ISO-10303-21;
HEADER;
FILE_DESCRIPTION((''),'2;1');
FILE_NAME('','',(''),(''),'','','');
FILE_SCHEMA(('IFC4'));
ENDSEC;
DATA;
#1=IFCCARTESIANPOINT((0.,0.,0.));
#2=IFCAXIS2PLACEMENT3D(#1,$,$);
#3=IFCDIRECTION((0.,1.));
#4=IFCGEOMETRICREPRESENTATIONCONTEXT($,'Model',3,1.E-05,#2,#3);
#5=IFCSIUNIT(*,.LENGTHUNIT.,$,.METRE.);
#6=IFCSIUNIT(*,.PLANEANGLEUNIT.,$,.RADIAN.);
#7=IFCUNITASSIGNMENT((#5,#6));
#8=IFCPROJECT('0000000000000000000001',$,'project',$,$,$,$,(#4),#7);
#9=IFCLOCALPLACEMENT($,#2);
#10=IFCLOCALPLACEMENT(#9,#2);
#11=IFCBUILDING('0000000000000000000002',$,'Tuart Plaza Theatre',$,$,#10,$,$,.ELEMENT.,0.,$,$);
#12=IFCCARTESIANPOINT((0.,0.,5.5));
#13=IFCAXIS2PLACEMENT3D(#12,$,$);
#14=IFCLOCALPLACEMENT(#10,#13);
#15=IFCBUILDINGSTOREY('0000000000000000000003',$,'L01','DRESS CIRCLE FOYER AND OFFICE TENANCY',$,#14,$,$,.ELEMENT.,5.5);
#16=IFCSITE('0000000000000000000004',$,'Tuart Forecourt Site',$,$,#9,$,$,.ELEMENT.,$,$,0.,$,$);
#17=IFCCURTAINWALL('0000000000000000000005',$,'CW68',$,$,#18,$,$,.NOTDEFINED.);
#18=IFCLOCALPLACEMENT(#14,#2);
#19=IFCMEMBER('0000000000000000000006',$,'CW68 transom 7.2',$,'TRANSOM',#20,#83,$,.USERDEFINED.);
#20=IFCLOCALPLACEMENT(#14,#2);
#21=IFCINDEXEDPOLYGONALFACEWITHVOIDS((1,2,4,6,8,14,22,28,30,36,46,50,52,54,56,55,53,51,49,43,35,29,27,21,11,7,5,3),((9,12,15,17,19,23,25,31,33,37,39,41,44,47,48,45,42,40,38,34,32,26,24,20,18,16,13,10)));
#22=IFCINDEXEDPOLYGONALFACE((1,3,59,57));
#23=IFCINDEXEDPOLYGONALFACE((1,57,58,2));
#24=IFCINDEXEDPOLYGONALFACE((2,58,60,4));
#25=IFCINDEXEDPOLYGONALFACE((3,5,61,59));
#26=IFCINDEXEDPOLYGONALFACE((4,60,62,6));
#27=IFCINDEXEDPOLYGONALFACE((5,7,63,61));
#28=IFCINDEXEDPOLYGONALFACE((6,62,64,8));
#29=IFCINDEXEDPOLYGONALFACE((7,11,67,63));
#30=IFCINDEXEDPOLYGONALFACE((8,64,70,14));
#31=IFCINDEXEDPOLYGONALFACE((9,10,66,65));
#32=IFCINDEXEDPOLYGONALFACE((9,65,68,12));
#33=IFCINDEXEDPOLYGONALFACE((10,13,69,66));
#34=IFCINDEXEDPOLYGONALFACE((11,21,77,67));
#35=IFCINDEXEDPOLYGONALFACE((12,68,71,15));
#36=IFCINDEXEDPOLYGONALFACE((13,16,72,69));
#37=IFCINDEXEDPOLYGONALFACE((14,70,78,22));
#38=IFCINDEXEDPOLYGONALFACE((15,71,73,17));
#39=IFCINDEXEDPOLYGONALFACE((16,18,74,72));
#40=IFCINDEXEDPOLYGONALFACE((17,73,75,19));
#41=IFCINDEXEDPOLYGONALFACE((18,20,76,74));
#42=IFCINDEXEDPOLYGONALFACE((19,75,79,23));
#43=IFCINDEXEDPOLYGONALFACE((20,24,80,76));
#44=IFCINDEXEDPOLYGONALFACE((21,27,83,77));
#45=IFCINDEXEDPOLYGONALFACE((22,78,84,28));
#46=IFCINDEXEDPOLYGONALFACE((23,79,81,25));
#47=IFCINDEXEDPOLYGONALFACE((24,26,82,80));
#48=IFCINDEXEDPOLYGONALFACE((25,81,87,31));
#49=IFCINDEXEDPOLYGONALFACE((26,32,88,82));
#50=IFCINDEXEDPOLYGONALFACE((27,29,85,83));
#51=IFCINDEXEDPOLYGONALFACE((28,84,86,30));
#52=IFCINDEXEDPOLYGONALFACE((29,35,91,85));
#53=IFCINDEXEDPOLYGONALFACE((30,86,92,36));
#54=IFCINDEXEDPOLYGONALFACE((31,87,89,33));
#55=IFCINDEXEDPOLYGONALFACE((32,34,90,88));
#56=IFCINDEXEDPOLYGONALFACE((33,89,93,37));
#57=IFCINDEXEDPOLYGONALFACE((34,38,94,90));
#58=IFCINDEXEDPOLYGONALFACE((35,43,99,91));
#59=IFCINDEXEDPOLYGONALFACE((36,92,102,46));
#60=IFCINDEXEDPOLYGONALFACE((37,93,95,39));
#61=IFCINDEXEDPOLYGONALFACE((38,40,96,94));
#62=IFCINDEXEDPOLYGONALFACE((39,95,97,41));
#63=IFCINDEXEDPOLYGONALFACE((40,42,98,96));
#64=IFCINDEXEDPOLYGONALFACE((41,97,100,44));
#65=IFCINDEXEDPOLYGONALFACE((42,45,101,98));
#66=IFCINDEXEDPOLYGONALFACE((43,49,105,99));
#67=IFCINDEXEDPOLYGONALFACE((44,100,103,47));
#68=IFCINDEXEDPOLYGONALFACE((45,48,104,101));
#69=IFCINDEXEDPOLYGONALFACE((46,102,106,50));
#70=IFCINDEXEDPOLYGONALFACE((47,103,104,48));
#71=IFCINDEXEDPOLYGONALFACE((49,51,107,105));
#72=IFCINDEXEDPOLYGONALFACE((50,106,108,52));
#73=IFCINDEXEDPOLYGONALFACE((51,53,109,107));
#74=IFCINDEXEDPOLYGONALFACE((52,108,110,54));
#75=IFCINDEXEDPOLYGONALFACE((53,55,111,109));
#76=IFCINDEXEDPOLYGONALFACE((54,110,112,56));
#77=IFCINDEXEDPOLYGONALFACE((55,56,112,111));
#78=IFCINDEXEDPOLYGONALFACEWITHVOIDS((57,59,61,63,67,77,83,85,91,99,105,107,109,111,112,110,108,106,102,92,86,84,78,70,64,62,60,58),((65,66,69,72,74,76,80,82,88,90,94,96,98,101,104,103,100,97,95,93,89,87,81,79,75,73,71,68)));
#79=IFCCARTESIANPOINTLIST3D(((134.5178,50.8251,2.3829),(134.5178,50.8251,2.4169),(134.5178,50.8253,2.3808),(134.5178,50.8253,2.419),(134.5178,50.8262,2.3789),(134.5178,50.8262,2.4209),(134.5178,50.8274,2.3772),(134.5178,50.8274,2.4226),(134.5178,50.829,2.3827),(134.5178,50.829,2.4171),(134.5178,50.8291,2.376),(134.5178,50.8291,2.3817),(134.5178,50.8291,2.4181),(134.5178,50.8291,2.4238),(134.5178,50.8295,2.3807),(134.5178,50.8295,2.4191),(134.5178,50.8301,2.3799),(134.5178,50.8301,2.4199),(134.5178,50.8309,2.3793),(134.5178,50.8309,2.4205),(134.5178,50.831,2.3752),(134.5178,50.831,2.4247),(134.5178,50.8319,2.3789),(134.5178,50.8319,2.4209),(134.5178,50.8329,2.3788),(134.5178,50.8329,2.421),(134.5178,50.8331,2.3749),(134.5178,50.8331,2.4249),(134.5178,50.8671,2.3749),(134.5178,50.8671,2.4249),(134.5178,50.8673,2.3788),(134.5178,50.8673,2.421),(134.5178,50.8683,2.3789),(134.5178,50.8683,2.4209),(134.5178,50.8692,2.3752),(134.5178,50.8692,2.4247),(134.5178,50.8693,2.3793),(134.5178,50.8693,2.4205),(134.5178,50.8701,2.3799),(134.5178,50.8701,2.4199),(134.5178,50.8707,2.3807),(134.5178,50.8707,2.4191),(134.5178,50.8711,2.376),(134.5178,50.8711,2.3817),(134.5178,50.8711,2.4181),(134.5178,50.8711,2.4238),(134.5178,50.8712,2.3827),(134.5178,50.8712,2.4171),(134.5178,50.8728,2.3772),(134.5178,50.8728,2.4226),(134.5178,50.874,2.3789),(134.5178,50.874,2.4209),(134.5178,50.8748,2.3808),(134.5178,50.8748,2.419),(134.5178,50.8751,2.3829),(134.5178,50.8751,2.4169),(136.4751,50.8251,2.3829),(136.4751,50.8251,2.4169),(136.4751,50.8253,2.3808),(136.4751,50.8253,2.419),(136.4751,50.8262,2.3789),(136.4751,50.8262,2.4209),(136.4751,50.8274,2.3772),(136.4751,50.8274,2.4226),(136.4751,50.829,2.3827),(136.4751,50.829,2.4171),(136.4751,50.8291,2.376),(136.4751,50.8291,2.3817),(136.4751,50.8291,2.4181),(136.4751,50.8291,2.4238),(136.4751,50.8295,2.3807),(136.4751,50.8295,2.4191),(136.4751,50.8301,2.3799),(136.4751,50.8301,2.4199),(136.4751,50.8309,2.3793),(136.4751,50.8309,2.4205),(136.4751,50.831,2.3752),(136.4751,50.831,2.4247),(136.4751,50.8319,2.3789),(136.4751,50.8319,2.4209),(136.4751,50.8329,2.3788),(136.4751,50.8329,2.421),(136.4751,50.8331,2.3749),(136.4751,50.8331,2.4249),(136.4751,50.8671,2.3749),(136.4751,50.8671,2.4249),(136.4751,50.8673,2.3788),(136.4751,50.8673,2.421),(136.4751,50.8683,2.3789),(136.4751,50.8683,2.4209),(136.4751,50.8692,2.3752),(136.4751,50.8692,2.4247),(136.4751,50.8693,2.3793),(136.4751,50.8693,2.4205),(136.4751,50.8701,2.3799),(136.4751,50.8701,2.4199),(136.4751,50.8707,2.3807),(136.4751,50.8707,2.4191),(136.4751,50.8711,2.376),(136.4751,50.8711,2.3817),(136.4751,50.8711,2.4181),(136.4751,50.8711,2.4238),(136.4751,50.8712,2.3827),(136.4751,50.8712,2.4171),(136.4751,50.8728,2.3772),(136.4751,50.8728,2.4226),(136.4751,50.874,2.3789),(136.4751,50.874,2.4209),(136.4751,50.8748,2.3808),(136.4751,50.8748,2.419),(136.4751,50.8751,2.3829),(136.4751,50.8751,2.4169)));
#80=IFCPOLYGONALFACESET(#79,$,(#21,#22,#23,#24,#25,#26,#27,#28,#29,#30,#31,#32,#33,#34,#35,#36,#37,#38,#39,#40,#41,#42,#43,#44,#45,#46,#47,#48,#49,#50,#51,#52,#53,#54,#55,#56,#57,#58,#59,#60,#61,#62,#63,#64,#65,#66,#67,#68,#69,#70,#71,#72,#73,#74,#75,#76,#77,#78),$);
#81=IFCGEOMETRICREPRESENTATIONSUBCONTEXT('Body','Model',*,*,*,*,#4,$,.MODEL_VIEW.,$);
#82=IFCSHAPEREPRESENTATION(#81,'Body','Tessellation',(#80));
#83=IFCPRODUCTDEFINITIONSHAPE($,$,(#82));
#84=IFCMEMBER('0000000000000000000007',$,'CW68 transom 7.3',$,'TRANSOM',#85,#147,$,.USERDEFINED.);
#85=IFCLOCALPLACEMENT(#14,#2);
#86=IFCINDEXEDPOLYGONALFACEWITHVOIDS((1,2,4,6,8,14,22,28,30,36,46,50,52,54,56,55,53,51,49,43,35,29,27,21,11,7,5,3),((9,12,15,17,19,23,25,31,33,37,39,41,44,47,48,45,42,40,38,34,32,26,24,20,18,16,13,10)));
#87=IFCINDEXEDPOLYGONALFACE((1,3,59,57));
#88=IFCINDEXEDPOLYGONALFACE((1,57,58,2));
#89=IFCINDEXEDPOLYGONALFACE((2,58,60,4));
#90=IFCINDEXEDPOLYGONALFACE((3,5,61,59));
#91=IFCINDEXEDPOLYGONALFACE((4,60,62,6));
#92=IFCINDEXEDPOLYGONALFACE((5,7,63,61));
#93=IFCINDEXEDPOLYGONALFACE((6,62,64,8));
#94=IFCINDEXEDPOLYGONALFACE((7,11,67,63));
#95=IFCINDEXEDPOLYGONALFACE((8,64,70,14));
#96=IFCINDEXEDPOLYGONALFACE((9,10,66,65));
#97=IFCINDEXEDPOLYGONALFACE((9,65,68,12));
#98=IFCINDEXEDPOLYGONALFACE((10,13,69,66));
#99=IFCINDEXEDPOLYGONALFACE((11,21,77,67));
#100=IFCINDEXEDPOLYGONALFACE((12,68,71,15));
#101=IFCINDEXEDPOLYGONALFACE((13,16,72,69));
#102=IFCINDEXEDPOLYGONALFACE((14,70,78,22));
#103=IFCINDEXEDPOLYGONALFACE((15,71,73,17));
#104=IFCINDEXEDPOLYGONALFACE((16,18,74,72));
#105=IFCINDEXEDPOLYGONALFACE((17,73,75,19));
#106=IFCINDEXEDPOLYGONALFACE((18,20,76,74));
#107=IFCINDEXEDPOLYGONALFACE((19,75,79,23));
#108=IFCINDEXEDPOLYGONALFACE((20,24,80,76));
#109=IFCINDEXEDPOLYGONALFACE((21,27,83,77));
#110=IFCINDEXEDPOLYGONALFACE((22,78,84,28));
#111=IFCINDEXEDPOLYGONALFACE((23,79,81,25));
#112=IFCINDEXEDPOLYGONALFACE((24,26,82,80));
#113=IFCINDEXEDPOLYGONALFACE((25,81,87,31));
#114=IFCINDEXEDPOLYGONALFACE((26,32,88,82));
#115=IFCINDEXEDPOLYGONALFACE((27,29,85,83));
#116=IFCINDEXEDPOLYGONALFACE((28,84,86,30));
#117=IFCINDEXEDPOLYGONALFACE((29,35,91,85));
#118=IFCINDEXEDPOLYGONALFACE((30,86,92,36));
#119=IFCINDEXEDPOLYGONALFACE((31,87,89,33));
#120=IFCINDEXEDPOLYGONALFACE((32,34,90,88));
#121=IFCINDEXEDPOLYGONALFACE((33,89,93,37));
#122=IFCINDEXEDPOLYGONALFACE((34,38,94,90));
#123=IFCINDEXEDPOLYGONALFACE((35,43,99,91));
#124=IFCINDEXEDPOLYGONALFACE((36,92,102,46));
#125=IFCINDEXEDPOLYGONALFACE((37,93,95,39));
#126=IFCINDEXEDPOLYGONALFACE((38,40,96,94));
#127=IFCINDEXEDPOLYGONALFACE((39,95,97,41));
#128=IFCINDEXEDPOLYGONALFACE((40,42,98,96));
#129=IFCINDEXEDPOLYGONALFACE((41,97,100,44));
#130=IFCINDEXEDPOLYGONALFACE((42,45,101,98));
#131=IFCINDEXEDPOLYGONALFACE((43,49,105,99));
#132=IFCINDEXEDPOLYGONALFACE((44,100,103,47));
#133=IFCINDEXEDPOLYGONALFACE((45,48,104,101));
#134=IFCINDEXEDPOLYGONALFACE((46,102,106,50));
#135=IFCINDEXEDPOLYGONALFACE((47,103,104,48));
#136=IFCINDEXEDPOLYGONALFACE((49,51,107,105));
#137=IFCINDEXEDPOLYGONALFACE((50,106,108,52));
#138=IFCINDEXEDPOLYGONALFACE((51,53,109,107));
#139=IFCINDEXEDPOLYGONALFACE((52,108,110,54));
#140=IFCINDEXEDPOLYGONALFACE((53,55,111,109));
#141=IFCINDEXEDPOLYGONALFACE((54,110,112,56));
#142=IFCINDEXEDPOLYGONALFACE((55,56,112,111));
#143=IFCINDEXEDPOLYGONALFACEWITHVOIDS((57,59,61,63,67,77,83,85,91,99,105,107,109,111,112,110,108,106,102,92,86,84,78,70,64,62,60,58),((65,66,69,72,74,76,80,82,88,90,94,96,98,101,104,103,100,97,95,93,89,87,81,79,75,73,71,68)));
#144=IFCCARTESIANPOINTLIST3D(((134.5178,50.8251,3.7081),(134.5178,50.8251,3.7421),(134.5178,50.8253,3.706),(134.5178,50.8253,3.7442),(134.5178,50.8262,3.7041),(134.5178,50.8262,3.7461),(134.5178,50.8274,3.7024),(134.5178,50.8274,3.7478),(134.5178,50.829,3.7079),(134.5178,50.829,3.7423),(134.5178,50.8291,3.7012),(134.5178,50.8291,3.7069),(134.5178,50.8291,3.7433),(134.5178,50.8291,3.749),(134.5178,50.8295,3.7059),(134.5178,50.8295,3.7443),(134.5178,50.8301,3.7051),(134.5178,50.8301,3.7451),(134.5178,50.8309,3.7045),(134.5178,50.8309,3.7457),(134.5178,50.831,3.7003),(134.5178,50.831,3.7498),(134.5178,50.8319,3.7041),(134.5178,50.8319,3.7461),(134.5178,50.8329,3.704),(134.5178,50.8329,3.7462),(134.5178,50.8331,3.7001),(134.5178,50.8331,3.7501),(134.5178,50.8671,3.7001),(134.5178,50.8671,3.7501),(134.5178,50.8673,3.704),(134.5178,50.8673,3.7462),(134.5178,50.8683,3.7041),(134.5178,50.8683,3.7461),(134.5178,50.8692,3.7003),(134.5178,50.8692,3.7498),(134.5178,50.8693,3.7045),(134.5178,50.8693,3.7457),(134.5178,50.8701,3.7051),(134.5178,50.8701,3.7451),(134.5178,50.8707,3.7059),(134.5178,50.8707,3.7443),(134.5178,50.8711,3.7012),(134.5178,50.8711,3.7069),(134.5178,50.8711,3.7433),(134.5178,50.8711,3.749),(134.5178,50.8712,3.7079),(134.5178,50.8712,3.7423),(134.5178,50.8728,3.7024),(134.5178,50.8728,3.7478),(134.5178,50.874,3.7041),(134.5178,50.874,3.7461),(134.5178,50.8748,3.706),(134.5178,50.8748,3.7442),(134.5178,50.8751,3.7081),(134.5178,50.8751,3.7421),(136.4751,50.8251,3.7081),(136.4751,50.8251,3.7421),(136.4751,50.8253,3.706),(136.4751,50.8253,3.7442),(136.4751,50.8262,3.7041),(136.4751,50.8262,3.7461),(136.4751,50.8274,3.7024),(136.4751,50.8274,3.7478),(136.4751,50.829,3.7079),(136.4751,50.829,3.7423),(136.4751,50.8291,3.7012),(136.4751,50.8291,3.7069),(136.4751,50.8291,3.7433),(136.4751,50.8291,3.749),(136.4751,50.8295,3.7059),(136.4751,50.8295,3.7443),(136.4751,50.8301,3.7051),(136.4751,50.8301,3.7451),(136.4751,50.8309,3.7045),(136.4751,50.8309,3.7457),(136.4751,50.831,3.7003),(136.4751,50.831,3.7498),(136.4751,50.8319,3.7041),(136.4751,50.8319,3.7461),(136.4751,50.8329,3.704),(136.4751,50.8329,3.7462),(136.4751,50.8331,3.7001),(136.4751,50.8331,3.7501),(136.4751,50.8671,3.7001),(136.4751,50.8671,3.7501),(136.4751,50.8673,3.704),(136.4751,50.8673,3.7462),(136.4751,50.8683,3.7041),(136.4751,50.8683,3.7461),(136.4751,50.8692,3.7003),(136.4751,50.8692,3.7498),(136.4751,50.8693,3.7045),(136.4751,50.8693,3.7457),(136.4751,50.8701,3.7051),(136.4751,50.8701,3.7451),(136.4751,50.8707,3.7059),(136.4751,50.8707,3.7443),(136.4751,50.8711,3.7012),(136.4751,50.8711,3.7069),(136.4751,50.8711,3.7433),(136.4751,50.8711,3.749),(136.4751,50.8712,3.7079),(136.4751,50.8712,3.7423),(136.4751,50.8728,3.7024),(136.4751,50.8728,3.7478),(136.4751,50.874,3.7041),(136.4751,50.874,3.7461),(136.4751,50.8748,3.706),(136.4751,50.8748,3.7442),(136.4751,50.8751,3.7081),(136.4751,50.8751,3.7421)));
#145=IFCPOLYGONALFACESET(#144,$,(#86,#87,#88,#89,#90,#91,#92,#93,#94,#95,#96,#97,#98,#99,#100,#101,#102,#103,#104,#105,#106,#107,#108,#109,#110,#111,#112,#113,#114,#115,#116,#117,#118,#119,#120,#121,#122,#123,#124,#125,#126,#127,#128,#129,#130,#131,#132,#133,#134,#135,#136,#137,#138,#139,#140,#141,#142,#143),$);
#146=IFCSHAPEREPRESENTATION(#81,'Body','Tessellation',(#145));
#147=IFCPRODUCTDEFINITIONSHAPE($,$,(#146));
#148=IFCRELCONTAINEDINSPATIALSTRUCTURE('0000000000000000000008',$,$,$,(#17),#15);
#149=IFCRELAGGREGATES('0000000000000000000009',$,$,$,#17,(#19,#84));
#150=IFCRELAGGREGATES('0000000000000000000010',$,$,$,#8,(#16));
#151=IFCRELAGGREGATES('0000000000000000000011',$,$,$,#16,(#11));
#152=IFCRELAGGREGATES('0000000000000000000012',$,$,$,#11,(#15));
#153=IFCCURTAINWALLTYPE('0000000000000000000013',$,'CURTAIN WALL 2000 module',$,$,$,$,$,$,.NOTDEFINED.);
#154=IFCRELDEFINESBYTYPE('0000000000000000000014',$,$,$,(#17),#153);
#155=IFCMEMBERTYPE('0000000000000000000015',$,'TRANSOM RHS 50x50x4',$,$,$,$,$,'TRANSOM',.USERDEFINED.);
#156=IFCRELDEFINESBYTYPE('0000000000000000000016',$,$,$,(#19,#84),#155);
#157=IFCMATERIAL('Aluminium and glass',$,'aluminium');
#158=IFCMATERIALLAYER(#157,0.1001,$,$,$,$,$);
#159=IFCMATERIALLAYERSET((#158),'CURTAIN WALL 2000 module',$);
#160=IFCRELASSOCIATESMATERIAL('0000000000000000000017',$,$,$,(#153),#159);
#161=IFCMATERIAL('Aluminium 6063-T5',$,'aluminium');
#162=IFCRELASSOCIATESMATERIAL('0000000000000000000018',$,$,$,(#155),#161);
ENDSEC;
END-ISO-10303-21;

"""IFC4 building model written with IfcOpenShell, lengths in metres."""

from ifc_helpers import new_model, si_unit, direction, frame, origin, origin_2d, place, context, subcontext, project, spatial, hollow_rectangle, extrude, material, layer, layer_set, material_profile, profile_set, type_object, element, aggregate, save


model = new_model("IFC4")

# Units and contexts
model_context = context("Model", 3, precision=1e-05, world=origin(), true_north=direction((0.0, 1.0)))
body_context = subcontext(model_context, "Body", "Model", "MODEL_VIEW")
ifc_project = project(units=[si_unit("LENGTHUNIT", "METRE"), si_unit("PLANEANGLEUNIT", "RADIAN")], contexts=[model_context])

# Site, building, storey
site_placement = place(None, origin())
site = spatial("IfcSite", under=ifc_project, at=site_placement, Name="Tuart Forecourt Site", CompositionType="ELEMENT", RefElevation=0.0)
building_placement = place(site_placement, origin())
building = spatial("IfcBuilding", under=site, at=building_placement, Name="Tuart Plaza Theatre", CompositionType="ELEMENT", ElevationOfRefHeight=0.0)
storey_placement = place(building_placement, frame((0.0, 0.0, 5.5)))
storey = spatial("IfcBuildingStorey", under=building, at=storey_placement, Name="L01", Description="DRESS CIRCLE FOYER AND OFFICE TENANCY", CompositionType="ELEMENT", Elevation=5.5)

# Curtain wall, members
ifc_material_1 = material(Name="Aluminium and glass", Category="aluminium")
ifc_layer_1 = layer(ifc_material_1, 0.1001)
ifc_layer_set_1 = layer_set([ifc_layer_1], Name="CURTAIN WALL 2000 module")
curtain_wall_type = type_object("IfcCurtainWallType", Name="CURTAIN WALL 2000 module", PredefinedType="NOTDEFINED", material=ifc_layer_set_1)
curtain_wall_placement = place(storey_placement, origin())
curtain_wall = element("IfcCurtainWall", 1, at=curtain_wall_placement, inside=storey, type_object=curtain_wall_type, Name="CW68", PredefinedType="NOTDEFINED")
ifc_material_2 = material(Name="Aluminium 6063-T5", Category="aluminium")
ifc_material_profile_1 = material_profile(ifc_material_2, hollow_rectangle(XDim=0.05, YDim=0.05, WallThickness=0.0039, InnerFilletRadius=0.0039, OuterFilletRadius=0.0081, at=origin_2d()), Name="RHS 50x50x4")
ifc_profile_set_1 = profile_set([ifc_material_profile_1], Name="Aluminium 6063-T5")
member_type_1 = type_object("IfcMemberType", Name="TRANSOM RHS 50x50x4", ElementType="TRANSOM", PredefinedType="USERDEFINED", material=ifc_profile_set_1)
member_1_placement = place(storey_placement, frame((134.5178, 50.8501, 2.3999), z_axis=(1.0, 0.0, 0.0), x_axis=(0.0, 1.0, 0.0)))
member_1 = element("IfcMember", 2, at=member_1_placement, type_object=member_type_1, Name="CW68 transom 7.2", ObjectType="TRANSOM", PredefinedType="USERDEFINED", context=body_context, shape_type="SweptSolid", body=[
    extrude(hollow_rectangle(XDim=0.05, YDim=0.05, WallThickness=0.0039, InnerFilletRadius=0.0039, OuterFilletRadius=0.0081, at=origin_2d()), origin(), (0.0, 0.0, 1.0), 1.9573),
])
member_2_placement = place(storey_placement, frame((134.5178, 50.8501, 3.7251), z_axis=(1.0, 0.0, 0.0), x_axis=(0.0, 1.0, 0.0)))
member_2 = element("IfcMember", 3, at=member_2_placement, type_object=member_type_1, Name="CW68 transom 7.3", ObjectType="TRANSOM", PredefinedType="USERDEFINED", context=body_context, shape_type="SweptSolid", body=[
    extrude(hollow_rectangle(XDim=0.05, YDim=0.05, WallThickness=0.0039, InnerFilletRadius=0.0039, OuterFilletRadius=0.0081, at=origin_2d()), origin(), (0.0, 0.0, 1.0), 1.9573),
])
aggregate(curtain_wall, [member_1, member_2])

save(model, "model.ifc")
